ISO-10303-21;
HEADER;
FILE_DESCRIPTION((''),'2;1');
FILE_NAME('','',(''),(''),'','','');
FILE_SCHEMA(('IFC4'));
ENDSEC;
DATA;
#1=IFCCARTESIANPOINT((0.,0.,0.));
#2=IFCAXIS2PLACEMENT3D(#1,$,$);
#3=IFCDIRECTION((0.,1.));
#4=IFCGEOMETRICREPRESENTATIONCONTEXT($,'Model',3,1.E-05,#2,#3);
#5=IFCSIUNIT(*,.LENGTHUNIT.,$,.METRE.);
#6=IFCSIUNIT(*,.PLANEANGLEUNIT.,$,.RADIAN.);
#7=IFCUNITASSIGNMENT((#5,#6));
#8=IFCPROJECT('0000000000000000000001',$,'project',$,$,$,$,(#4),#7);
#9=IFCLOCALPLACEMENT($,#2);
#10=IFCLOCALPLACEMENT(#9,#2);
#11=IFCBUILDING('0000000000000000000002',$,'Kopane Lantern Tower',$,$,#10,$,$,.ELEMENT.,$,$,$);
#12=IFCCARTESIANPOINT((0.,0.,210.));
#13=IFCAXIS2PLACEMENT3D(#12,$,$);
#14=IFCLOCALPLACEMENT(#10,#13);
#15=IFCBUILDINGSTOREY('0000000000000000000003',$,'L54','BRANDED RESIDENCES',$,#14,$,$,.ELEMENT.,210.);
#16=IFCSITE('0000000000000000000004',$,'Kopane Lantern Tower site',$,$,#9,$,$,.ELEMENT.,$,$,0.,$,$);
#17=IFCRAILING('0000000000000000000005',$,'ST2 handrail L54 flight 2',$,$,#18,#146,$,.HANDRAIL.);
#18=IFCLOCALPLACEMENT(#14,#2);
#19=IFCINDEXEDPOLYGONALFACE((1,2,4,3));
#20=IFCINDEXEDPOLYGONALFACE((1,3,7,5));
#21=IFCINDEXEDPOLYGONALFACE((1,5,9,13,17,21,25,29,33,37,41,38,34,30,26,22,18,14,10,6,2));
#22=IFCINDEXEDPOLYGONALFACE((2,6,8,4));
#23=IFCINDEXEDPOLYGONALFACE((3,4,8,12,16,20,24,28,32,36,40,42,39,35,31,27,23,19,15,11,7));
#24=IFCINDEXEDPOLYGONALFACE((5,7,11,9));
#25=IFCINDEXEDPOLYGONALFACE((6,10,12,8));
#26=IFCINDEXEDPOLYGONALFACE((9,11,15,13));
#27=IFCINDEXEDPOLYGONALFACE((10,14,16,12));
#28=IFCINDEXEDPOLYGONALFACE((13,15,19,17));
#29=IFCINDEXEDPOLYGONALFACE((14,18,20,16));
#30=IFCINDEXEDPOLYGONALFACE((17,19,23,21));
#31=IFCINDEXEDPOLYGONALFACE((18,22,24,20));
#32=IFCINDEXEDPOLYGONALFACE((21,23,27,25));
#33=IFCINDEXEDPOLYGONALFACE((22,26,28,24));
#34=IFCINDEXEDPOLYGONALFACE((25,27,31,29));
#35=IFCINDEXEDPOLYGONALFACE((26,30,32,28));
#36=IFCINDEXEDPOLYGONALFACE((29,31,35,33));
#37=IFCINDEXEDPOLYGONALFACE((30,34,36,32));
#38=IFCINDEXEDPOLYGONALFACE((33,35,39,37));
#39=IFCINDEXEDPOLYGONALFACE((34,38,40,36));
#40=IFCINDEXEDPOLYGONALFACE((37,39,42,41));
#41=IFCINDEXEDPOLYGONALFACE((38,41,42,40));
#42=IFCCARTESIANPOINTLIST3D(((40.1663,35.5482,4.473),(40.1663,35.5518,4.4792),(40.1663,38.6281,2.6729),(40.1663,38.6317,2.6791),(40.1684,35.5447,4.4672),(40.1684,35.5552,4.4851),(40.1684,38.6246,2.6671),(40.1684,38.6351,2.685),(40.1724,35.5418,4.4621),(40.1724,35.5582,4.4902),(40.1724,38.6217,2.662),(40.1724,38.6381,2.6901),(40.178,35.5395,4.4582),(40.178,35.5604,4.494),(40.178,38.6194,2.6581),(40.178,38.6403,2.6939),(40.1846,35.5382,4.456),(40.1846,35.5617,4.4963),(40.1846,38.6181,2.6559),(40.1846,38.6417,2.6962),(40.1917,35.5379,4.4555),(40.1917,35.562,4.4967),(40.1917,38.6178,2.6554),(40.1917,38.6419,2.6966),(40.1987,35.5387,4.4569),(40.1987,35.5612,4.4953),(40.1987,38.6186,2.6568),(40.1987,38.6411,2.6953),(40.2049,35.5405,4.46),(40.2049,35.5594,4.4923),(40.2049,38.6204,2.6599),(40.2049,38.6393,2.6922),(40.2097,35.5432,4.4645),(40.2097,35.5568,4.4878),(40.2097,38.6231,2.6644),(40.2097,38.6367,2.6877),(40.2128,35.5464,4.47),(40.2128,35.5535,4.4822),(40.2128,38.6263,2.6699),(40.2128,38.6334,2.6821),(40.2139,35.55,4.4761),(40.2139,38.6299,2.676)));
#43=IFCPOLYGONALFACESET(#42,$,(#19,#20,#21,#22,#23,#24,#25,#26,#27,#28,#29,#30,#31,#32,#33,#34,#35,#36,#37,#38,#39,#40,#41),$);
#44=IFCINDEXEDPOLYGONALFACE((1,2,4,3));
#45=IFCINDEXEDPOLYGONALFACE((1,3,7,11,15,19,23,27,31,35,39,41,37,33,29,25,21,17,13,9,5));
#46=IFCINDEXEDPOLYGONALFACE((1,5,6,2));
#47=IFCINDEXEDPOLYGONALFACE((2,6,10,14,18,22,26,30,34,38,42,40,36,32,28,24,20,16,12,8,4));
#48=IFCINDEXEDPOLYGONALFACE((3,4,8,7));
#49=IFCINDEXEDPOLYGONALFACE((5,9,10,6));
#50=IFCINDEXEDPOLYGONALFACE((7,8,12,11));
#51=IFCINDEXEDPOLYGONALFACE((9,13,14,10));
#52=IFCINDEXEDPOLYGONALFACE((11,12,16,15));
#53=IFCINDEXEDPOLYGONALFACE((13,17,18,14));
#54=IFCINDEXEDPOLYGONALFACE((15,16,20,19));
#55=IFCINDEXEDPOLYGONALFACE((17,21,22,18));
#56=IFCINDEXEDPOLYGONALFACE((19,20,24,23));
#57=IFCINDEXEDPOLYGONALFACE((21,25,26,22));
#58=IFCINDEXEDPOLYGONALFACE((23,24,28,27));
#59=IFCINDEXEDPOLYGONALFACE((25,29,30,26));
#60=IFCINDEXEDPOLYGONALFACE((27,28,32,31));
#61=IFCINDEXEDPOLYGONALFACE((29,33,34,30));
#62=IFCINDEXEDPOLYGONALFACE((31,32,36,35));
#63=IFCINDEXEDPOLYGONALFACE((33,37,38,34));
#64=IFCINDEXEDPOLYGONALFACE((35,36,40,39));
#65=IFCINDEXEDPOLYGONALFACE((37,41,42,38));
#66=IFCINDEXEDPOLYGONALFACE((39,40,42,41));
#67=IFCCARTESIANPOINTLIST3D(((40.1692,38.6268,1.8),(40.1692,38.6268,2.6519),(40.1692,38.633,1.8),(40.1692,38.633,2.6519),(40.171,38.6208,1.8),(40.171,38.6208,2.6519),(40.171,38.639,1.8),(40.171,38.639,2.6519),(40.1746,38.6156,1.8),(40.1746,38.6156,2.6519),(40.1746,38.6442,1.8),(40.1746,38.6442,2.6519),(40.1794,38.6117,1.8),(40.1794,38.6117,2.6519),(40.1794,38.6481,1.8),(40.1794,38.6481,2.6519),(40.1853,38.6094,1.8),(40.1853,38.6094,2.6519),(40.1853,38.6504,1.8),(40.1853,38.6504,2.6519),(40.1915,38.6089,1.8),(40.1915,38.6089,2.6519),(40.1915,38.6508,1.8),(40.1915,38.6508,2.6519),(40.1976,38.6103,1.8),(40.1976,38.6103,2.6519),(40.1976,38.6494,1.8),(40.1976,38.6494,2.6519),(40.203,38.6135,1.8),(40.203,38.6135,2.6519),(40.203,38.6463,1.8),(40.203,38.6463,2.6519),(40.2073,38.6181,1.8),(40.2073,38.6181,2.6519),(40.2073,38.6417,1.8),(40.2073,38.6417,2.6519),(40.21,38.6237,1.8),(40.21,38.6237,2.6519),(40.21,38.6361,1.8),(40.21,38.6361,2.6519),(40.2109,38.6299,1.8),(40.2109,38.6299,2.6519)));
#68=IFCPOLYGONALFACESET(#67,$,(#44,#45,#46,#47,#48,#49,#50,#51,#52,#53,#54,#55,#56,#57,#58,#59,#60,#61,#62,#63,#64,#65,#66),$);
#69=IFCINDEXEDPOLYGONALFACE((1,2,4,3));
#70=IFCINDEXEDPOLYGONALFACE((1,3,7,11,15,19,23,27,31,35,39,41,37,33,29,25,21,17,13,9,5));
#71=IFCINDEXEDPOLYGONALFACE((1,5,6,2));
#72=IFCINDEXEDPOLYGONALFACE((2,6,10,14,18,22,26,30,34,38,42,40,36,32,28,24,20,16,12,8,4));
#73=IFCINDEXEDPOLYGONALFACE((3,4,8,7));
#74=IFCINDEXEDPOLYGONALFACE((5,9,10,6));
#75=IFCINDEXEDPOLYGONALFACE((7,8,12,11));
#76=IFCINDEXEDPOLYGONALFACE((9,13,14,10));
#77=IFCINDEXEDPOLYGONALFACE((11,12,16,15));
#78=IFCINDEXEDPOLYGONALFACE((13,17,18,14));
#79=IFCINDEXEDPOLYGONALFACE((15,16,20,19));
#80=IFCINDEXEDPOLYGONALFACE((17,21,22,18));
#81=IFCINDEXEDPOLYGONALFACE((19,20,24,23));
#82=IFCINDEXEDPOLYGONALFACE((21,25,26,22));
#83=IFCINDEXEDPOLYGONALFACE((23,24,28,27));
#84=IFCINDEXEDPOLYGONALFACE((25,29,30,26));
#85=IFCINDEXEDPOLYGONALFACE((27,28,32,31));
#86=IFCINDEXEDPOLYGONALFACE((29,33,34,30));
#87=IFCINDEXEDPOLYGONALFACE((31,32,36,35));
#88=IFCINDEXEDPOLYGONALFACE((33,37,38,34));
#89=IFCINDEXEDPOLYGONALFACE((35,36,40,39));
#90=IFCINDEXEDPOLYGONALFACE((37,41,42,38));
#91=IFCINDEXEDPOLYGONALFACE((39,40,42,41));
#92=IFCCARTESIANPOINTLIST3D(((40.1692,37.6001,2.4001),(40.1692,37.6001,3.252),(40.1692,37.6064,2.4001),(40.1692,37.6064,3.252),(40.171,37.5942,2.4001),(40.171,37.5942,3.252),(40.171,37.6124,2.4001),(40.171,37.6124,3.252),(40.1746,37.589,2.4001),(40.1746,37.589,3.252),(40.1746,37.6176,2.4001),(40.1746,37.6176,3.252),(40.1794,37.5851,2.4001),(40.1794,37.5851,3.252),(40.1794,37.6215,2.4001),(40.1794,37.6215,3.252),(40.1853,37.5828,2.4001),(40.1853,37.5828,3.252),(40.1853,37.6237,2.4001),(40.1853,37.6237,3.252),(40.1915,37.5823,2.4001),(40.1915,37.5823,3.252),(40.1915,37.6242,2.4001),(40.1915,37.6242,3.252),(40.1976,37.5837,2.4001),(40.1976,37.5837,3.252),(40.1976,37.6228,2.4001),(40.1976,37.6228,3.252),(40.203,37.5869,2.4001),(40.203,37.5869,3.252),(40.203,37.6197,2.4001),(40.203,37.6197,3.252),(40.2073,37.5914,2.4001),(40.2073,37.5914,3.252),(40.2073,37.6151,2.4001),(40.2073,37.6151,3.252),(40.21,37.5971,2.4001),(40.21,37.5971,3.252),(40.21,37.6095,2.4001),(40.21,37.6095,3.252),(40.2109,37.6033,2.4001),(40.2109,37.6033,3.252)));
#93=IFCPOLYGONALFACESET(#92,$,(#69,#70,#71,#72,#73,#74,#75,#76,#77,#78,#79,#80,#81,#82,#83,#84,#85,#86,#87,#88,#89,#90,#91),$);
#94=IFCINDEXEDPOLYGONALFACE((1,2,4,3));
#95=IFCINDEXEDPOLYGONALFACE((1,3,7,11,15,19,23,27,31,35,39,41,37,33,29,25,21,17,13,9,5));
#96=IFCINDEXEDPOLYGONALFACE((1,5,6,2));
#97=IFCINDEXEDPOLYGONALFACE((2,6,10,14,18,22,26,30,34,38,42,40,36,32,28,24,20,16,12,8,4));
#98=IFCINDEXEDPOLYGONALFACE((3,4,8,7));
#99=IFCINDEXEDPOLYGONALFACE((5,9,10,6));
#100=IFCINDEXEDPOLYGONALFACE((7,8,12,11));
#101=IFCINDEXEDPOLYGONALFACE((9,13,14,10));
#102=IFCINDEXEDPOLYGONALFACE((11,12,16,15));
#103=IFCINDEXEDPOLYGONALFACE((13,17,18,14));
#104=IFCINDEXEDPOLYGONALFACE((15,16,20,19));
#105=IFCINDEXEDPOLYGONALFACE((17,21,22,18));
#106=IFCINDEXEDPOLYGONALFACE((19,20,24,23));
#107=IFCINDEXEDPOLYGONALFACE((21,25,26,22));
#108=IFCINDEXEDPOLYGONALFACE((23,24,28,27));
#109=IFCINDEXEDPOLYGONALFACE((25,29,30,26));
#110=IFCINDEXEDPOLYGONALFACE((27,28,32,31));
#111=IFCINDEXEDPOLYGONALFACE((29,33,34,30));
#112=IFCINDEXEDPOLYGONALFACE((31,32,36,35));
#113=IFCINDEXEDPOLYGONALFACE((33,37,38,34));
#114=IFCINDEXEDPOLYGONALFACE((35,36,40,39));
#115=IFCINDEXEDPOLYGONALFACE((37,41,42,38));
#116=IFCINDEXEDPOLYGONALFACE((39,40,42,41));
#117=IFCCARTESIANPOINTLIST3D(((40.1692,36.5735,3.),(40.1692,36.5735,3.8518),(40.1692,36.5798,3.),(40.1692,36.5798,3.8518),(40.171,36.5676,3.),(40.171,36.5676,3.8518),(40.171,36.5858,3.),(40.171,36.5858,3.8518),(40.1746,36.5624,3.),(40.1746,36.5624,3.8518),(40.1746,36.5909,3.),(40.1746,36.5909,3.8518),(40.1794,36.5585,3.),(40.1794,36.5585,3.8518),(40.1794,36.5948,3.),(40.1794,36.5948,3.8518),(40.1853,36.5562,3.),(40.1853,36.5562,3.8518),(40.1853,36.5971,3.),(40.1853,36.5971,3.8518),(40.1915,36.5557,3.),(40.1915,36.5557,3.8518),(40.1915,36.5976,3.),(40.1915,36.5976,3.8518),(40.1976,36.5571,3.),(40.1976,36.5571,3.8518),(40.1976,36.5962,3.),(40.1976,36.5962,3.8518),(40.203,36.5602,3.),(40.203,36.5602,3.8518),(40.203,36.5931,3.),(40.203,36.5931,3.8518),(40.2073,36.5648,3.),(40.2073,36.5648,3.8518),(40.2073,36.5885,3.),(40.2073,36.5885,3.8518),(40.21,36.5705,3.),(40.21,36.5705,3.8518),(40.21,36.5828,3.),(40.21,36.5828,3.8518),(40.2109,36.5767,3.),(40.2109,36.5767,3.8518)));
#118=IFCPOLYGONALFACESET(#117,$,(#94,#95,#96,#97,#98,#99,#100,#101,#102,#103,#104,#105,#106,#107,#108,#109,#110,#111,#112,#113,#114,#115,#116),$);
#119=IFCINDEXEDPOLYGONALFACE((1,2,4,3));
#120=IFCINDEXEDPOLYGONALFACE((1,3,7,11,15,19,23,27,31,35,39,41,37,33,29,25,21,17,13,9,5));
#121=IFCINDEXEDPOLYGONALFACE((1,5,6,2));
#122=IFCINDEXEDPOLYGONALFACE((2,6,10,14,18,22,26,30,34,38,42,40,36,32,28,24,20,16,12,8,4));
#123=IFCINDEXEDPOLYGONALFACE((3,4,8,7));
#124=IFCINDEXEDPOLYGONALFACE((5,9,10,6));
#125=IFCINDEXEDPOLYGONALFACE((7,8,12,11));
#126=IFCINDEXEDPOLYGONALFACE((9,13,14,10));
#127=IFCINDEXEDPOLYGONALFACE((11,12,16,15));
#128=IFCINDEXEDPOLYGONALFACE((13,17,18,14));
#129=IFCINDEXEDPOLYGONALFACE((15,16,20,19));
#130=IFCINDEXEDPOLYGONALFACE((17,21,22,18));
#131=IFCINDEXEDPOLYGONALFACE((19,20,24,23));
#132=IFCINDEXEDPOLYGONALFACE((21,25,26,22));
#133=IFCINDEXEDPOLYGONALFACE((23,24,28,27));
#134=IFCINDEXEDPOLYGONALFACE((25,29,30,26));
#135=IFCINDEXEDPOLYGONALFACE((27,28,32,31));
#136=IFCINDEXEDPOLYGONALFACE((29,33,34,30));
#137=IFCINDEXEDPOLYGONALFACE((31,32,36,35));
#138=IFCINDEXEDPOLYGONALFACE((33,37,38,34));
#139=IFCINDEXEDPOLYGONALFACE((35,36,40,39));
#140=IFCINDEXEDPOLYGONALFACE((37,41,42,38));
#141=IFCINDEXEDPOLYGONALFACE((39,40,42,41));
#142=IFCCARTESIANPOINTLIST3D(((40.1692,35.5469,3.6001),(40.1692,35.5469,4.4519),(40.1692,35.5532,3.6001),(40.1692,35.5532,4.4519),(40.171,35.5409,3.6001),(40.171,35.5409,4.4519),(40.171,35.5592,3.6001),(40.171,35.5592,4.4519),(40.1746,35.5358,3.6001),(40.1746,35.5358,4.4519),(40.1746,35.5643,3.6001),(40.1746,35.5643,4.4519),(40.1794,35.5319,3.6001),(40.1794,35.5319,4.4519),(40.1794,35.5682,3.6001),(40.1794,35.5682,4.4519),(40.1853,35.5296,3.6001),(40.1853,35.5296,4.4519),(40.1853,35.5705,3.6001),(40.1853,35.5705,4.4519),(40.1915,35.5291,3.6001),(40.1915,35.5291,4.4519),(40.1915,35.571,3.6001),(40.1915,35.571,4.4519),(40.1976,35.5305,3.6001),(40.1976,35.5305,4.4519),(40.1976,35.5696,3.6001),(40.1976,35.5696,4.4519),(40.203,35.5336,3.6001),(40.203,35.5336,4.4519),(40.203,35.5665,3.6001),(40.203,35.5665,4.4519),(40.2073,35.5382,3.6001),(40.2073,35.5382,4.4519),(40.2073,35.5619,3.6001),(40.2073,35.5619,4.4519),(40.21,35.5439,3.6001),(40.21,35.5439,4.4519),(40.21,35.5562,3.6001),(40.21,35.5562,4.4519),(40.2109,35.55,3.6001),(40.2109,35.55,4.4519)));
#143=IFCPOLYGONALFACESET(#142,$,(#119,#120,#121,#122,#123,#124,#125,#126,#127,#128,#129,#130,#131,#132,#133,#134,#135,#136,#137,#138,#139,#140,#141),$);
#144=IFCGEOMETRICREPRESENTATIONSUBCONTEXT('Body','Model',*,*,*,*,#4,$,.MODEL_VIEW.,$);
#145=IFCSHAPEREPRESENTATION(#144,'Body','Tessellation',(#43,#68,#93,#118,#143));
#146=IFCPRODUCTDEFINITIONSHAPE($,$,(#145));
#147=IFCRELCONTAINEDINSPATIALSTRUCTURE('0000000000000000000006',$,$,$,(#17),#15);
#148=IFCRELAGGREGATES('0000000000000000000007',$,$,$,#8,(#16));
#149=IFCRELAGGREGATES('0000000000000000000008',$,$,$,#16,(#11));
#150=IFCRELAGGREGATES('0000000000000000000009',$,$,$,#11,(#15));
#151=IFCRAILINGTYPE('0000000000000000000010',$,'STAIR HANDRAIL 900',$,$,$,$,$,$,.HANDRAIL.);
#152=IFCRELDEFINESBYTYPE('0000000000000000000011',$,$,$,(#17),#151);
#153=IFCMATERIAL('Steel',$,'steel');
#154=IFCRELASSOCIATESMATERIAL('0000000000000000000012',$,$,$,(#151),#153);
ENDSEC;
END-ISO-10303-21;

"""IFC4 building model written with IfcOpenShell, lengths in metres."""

from ifc_helpers import new_model, si_unit, direction, frame, origin, origin_2d, place, context, subcontext, project, spatial, circle, extrude, material, type_object, element, save


model = new_model("IFC4")

# Units and contexts
model_context = context("Model", 3, precision=1e-05, world=origin(), true_north=direction((0.0, 1.0)))
body_context = subcontext(model_context, "Body", "Model", "MODEL_VIEW")
ifc_project = project(units=[si_unit("LENGTHUNIT", "METRE"), si_unit("PLANEANGLEUNIT", "RADIAN")], contexts=[model_context])

# Site, building, storey
site_placement = place(None, origin())
site = spatial("IfcSite", under=ifc_project, at=site_placement, Name="Kopane Lantern Tower site", CompositionType="ELEMENT", RefElevation=0.0)
building_placement = place(site_placement, origin())
building = spatial("IfcBuilding", under=site, at=building_placement, Name="Kopane Lantern Tower", CompositionType="ELEMENT")
storey_placement = place(building_placement, frame((0.0, 0.0, 210.0)))
storey = spatial("IfcBuildingStorey", under=building, at=storey_placement, Name="L54", Description="BRANDED RESIDENCES", CompositionType="ELEMENT", Elevation=210.0)

# Railing
ifc_material_1 = material(Name="Steel", Category="steel")
railing_type_1 = type_object("IfcRailingType", Name="STAIR HANDRAIL 900", PredefinedType="HANDRAIL", material=ifc_material_1)
for number, where, name in (
    (1, (40.1899, 38.6299, 1.8), "ST2 handrail L54 flight 2"),
):
    element("IfcRailing", number, at=place(storey_placement, frame(where)), inside=storey, type_object=railing_type_1, Name=name, PredefinedType="HANDRAIL", context=body_context, shape_type="SweptSolid", body=[
        extrude(circle(Radius=0.0239, at=origin_2d()), frame((0.0, 0.0, 0.876), z_axis=(0.0, -0.863354, 0.504598), x_axis=(1.0, 0.0, 0.0)), (0.0, 0.0, 1.0), 3.5674),
        extrude(circle(Radius=0.021, at=origin_2d()), origin(), (0.0, 0.0, 1.0), 0.8518),
        extrude(circle(Radius=0.021, at=origin_2d()), frame((0.0, -1.0266, 0.6001)), (0.0, 0.0, 1.0), 0.8518),
        extrude(circle(Radius=0.021, at=origin_2d()), frame((0.0, -2.0532, 1.2)), (0.0, 0.0, 1.0), 0.8518),
        extrude(circle(Radius=0.021, at=origin_2d()), frame((0.0, -3.0798, 1.8)), (0.0, 0.0, 1.0), 0.8518),
    ])

save(model, "model.ifc")
